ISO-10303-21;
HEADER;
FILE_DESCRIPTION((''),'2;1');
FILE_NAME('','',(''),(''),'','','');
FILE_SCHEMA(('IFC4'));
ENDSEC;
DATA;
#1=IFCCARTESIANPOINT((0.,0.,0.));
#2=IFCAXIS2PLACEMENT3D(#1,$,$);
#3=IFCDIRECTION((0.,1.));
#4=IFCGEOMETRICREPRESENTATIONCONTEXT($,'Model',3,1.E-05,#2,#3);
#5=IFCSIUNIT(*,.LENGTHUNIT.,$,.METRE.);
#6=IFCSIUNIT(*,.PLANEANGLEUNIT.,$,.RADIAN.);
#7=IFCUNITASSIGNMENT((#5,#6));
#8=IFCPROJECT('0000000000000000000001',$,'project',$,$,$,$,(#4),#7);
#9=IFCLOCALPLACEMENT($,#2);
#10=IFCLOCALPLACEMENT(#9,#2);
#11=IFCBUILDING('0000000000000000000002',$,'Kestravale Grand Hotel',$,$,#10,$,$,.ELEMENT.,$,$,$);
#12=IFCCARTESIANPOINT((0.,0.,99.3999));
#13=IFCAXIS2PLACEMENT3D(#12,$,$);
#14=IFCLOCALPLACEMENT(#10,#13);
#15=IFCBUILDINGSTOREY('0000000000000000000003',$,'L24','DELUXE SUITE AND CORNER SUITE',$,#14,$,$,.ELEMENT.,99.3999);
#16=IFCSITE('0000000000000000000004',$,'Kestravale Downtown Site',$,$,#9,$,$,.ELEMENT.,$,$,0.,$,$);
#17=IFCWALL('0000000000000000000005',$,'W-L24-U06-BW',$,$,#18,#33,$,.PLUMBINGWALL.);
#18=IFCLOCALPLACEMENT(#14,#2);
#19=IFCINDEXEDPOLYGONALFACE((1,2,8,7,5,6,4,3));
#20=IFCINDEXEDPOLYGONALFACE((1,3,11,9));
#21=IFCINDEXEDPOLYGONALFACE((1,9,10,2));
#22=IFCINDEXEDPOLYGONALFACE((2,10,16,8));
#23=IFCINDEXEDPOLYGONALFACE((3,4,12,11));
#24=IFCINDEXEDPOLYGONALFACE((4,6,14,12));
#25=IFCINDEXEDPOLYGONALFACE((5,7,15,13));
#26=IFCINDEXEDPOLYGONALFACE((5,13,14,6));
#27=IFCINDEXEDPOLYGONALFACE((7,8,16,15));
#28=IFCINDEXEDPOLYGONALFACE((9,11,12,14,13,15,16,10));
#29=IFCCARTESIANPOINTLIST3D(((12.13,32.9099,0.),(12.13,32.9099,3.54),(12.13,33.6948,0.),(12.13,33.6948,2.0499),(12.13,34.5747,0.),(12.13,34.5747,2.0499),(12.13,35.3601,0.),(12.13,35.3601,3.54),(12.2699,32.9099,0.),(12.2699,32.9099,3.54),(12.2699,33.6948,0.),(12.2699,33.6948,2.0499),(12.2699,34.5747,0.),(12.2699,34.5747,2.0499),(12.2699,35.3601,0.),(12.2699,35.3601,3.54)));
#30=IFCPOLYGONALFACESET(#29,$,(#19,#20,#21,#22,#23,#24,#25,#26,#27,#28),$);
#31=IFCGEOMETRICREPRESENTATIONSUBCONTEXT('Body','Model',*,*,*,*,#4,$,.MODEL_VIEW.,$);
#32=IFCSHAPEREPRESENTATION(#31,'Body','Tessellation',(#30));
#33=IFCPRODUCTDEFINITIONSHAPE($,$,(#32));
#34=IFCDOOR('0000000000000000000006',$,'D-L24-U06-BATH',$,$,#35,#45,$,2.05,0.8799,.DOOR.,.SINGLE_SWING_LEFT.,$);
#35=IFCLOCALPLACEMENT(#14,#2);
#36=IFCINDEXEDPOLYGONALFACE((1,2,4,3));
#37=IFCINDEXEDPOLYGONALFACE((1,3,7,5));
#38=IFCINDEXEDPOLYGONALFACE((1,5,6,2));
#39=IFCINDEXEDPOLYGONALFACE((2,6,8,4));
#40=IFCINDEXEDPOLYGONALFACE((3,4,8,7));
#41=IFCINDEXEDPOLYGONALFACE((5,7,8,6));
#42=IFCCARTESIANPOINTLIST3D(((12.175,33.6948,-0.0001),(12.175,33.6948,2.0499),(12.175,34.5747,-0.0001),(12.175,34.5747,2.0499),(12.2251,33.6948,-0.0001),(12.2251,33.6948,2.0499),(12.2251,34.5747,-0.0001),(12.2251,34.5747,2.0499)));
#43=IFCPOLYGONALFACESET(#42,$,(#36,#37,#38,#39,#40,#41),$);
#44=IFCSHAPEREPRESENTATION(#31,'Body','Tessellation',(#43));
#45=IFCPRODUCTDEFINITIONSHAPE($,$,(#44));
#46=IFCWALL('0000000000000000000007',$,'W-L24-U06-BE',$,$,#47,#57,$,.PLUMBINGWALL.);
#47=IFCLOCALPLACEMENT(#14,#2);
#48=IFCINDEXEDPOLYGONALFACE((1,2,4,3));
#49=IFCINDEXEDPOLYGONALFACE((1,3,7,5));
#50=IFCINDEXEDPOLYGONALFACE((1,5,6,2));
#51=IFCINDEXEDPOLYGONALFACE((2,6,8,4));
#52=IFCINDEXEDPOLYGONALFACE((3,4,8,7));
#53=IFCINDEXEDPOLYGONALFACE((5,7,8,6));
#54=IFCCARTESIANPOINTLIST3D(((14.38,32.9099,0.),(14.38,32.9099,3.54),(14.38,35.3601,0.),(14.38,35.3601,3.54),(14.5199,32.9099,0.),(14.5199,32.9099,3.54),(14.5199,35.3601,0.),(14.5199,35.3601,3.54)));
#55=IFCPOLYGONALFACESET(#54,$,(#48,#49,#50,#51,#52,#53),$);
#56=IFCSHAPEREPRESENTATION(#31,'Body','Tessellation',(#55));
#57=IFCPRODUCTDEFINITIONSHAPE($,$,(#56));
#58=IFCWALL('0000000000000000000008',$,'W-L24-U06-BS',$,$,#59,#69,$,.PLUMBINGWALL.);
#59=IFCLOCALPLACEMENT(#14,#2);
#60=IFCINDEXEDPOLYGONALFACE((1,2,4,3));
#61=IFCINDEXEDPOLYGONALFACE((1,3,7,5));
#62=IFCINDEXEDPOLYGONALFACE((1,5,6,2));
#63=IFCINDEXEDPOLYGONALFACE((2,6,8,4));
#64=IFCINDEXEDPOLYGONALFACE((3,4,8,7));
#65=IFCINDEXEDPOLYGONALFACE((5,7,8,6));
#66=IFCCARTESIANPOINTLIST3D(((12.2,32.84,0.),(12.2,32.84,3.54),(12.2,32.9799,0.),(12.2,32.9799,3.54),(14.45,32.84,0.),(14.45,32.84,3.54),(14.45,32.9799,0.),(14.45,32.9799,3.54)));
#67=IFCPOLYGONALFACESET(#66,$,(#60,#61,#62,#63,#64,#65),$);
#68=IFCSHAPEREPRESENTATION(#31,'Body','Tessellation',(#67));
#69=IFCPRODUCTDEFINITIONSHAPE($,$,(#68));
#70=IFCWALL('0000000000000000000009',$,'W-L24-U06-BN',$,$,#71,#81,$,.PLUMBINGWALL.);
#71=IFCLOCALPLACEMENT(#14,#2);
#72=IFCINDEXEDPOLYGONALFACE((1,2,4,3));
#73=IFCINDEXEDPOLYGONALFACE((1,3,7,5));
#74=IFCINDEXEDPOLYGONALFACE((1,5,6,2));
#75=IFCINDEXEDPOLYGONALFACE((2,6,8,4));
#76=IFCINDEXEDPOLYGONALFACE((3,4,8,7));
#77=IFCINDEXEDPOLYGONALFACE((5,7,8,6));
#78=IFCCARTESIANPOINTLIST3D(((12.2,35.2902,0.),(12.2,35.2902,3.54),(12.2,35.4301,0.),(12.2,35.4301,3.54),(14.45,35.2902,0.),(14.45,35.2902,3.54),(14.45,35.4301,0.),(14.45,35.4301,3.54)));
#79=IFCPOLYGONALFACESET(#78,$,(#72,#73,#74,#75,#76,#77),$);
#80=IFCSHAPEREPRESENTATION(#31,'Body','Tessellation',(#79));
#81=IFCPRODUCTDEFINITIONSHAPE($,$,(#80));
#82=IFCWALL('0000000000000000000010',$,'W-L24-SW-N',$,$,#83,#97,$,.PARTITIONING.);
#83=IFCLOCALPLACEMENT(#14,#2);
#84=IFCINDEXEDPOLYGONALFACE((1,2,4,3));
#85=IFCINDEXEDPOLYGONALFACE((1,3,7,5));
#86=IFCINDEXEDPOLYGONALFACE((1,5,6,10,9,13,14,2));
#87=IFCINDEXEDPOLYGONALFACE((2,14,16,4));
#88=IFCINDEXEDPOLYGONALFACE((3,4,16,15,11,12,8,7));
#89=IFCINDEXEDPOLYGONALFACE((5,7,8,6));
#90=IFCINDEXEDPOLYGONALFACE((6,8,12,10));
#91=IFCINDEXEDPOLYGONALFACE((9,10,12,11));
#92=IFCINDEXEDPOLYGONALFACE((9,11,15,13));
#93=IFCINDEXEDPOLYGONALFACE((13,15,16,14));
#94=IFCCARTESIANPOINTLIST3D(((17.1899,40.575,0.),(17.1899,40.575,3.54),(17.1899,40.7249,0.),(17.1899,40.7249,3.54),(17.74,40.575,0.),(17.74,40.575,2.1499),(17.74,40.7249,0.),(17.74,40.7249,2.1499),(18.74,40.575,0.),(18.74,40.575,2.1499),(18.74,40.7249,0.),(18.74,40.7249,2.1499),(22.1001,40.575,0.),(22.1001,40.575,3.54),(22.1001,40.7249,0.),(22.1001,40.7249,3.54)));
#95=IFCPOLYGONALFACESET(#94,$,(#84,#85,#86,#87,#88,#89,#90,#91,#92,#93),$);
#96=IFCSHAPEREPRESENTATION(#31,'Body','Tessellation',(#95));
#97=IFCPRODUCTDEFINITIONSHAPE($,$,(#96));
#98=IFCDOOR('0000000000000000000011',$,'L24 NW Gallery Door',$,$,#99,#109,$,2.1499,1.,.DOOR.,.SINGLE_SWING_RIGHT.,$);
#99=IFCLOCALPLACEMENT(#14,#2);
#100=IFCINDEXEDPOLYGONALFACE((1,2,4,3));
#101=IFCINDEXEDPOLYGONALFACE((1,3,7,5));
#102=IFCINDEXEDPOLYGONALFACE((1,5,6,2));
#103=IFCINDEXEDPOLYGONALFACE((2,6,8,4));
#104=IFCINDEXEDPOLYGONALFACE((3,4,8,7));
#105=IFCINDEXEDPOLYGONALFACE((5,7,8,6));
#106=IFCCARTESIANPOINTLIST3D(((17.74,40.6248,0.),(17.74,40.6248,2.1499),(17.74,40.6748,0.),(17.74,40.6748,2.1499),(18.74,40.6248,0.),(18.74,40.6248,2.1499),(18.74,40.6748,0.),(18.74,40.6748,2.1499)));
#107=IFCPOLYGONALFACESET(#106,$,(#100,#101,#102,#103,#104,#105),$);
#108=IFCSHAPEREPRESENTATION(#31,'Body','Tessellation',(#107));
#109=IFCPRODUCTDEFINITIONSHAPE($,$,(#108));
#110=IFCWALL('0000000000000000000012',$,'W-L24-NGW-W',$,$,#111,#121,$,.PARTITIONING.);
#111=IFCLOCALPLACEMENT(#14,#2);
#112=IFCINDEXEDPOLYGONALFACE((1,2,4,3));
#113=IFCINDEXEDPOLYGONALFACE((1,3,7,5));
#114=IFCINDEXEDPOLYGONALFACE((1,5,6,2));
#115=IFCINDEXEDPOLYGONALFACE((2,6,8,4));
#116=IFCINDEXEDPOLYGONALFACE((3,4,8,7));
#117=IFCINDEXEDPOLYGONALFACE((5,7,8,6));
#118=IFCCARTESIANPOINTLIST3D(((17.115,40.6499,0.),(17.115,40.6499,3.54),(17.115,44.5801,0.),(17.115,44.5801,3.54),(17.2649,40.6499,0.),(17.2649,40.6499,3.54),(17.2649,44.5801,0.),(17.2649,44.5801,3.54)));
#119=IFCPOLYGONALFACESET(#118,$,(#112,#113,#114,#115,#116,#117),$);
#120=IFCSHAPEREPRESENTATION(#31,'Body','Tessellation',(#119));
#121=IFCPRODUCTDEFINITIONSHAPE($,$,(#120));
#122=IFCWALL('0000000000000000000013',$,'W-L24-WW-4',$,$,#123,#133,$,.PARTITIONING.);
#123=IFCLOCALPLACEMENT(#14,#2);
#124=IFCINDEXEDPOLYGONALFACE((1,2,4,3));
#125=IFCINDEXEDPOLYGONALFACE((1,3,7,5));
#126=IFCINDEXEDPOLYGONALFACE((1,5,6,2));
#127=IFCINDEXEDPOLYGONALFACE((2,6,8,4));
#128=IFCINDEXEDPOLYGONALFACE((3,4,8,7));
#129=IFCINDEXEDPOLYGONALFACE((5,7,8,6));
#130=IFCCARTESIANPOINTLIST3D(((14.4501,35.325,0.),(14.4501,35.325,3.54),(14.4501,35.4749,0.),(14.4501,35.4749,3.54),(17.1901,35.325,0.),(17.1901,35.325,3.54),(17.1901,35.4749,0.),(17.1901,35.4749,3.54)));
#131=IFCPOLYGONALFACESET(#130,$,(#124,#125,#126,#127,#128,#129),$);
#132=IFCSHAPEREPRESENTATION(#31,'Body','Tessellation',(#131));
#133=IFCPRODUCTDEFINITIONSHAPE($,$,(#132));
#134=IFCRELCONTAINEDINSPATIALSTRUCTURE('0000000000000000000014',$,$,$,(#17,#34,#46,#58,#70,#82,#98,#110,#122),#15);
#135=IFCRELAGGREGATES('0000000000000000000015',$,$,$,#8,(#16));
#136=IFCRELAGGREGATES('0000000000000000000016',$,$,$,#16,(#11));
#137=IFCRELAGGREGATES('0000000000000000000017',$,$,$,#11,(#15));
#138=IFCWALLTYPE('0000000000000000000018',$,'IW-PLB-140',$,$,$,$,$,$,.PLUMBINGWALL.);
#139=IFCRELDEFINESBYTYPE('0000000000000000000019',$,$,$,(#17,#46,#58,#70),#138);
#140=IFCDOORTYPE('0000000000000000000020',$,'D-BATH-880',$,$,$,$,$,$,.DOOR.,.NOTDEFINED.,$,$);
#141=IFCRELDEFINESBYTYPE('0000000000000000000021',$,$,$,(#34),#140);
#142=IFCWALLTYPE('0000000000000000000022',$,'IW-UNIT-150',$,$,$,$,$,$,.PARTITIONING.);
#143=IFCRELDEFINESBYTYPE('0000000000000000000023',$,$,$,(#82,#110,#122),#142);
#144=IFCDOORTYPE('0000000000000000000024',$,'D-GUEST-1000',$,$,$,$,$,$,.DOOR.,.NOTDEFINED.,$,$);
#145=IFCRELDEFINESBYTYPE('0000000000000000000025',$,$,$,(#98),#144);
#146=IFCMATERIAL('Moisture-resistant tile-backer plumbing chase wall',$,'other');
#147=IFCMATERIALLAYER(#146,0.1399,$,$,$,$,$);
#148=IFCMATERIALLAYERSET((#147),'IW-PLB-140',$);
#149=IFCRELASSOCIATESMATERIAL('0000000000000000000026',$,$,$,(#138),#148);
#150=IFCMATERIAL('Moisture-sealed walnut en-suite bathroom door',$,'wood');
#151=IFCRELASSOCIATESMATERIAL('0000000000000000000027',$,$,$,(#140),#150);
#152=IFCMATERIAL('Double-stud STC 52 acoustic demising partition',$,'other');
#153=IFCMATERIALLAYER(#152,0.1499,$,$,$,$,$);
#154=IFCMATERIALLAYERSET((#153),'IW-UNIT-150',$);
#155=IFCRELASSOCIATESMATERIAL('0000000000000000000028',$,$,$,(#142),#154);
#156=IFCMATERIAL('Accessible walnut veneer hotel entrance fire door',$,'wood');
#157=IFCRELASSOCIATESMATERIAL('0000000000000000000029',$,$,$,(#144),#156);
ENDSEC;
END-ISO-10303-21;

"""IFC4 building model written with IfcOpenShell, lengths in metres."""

from ifc_helpers import new_model, si_unit, direction, frame, frame_2d, origin, place, context, subcontext, project, spatial, rectangle, extrude, material, layer, layer_set, type_object, element, fill, save


model = new_model("IFC4")

# Units and contexts
model_context = context("Model", 3, precision=1e-05, world=origin(), true_north=direction((0.0, 1.0)))
body_context = subcontext(model_context, "Body", "Model", "MODEL_VIEW")
ifc_project = project(units=[si_unit("LENGTHUNIT", "METRE"), si_unit("PLANEANGLEUNIT", "RADIAN")], contexts=[model_context])

# Site, building, storey
site_placement = place(None, origin())
site = spatial("IfcSite", under=ifc_project, at=site_placement, Name="Kestravale Downtown Site", CompositionType="ELEMENT", RefElevation=0.0)
building_placement = place(site_placement, origin())
building = spatial("IfcBuilding", under=site, at=building_placement, Name="Kestravale Grand Hotel", CompositionType="ELEMENT")
storey_placement = place(building_placement, frame((0.0, 0.0, 99.3999)))
storey = spatial("IfcBuildingStorey", under=building, at=storey_placement, Name="L24", Description="DELUXE SUITE AND CORNER SUITE", CompositionType="ELEMENT", Elevation=99.3999)

# Wall, opening, door
ifc_material_1 = material(Name="Moisture-resistant tile-backer plumbing chase wall", Category="other")
ifc_layer_1 = layer(ifc_material_1, 0.1399)
ifc_layer_set_1 = layer_set([ifc_layer_1], Name="IW-PLB-140")
wall_type_1 = type_object("IfcWallType", Name="IW-PLB-140", PredefinedType="PLUMBINGWALL", material=ifc_layer_set_1)
wall_1_placement = place(storey_placement, frame((12.2, 32.9099, 0.0), z_axis=(0.0, 0.0, 1.0), x_axis=(0.0, 1.0, 0.0)))
wall_1 = element("IfcWall", 1, at=wall_1_placement, inside=storey, type_object=wall_type_1, Name="W-L24-U06-BW", PredefinedType="PLUMBINGWALL", context=body_context, shape_type="SweptSolid", body=[
    extrude(rectangle(XDim=2.4502, YDim=0.1399, at=frame_2d((1.2251, 0.0))), origin(), (0.0, 0.0, 1.0), 3.54),
])
opening_1_placement = place(wall_1_placement, frame((0.7849, 0.0, 0.0)))
opening_1 = element("IfcOpeningElement", 2, at=opening_1_placement, cuts=wall_1, PredefinedType="OPENING", context=body_context, shape_type="SweptSolid", body=[
    extrude(rectangle(XDim=0.8799, YDim=2.05, at=frame_2d((0.4399, 1.0249))), frame((0.0, 0.0798, 0.0), z_axis=(0.0, -1.0, 0.0), x_axis=(1.0, 0.0, 0.0)), (0.0, 0.0, 1.0), 0.1599),
])
ifc_material_2 = material(Name="Moisture-sealed walnut en-suite bathroom door", Category="wood")
door_type_1 = type_object("IfcDoorType", Name="D-BATH-880", OperationType="NOTDEFINED", PredefinedType="DOOR", material=ifc_material_2)
door_1_placement = place(opening_1_placement, origin())
door_1 = element("IfcDoor", 3, at=door_1_placement, inside=storey, type_object=door_type_1, Name="D-L24-U06-BATH", OperationType="SINGLE_SWING_LEFT", OverallHeight=2.05, OverallWidth=0.8799, PredefinedType="DOOR", context=body_context, shape_type="SweptSolid", body=[
    extrude(rectangle(XDim=0.8799, YDim=2.05, at=frame_2d((0.4399, 1.0249))), frame((0.0, 0.0249, 0.0), z_axis=(0.0, -1.0, 0.0), x_axis=(1.0, 0.0, 0.0)), (0.0, 0.0, 1.0), 0.05),
])
fill(opening_1, door_1)

# Walls
wall_2_placement = place(storey_placement, frame((14.45, 32.9099, 0.0), z_axis=(0.0, 0.0, 1.0), x_axis=(0.0, 1.0, 0.0)))
element("IfcWall", 4, at=wall_2_placement, inside=storey, type_object=wall_type_1, Name="W-L24-U06-BE", PredefinedType="PLUMBINGWALL", context=body_context, shape_type="SweptSolid", body=[
    extrude(rectangle(XDim=2.4502, YDim=0.1399, at=frame_2d((1.2251, 0.0))), origin(), (0.0, 0.0, 1.0), 3.54),
])
for number, where, z_axis, x_axis, name in (
    (5, (12.2, 32.9099, 0.0), (0.0, 0.0, 1.0), (1.0, 0.0, 0.0), "W-L24-U06-BS"),
    (6, (12.2, 35.3601, 0.0), (0.0, 0.0, 1.0), (1.0, 0.0, 0.0), "W-L24-U06-BN"),
):
    element("IfcWall", number, at=place(storey_placement, frame(where, z_axis=z_axis, x_axis=x_axis)), inside=storey, type_object=wall_type_1, Name=name, PredefinedType="PLUMBINGWALL", context=body_context, shape_type="SweptSolid", body=[
        extrude(rectangle(XDim=2.25, YDim=0.1399, at=frame_2d((1.125, 0.0))), origin(), (0.0, 0.0, 1.0), 3.54),
    ])

# Wall, opening, door
ifc_material_3 = material(Name="Double-stud STC 52 acoustic demising partition", Category="other")
ifc_layer_2 = layer(ifc_material_3, 0.1499)
ifc_layer_set_2 = layer_set([ifc_layer_2], Name="IW-UNIT-150")
wall_type_2 = type_object("IfcWallType", Name="IW-UNIT-150", PredefinedType="PARTITIONING", material=ifc_layer_set_2)
wall_3_placement = place(storey_placement, frame((17.1899, 40.6499, 0.0), z_axis=(0.0, 0.0, 1.0), x_axis=(1.0, 0.0, 0.0)))
wall_3 = element("IfcWall", 7, at=wall_3_placement, inside=storey, type_object=wall_type_2, Name="W-L24-SW-N", PredefinedType="PARTITIONING", context=body_context, shape_type="SweptSolid", body=[
    extrude(rectangle(XDim=4.9102, YDim=0.1499, at=frame_2d((2.4551, 0.0))), origin(), (0.0, 0.0, 1.0), 3.54),
])
opening_2_placement = place(wall_3_placement, frame((0.55, 0.0, 0.0)))
opening_2 = element("IfcOpeningElement", 8, at=opening_2_placement, cuts=wall_3, PredefinedType="OPENING", context=body_context, shape_type="SweptSolid", body=[
    extrude(rectangle(XDim=1.0, YDim=2.1499, at=frame_2d((0.5, 1.075))), frame((0.0, 0.085, 0.0), z_axis=(0.0, -1.0, 0.0), x_axis=(1.0, 0.0, 0.0)), (0.0, 0.0, 1.0), 0.1699),
])
ifc_material_4 = material(Name="Accessible walnut veneer hotel entrance fire door", Category="wood")
door_type_2 = type_object("IfcDoorType", Name="D-GUEST-1000", OperationType="NOTDEFINED", PredefinedType="DOOR", material=ifc_material_4)
door_2_placement = place(opening_2_placement, origin())
door_2 = element("IfcDoor", 9, at=door_2_placement, inside=storey, type_object=door_type_2, Name="L24 NW Gallery Door", OperationType="SINGLE_SWING_RIGHT", OverallHeight=2.1499, OverallWidth=1.0, PredefinedType="DOOR", context=body_context, shape_type="SweptSolid", body=[
    extrude(rectangle(XDim=1.0, YDim=2.1499, at=frame_2d((0.5, 1.075))), frame((0.0, 0.0249, 0.0), z_axis=(0.0, -1.0, 0.0), x_axis=(1.0, 0.0, 0.0)), (0.0, 0.0, 1.0), 0.05),
])
fill(opening_2, door_2)

# Walls
wall_4_placement = place(storey_placement, frame((17.1899, 40.6499, 0.0), z_axis=(0.0, 0.0, 1.0), x_axis=(0.0, 1.0, 0.0)))
element("IfcWall", 10, at=wall_4_placement, inside=storey, type_object=wall_type_2, Name="W-L24-NGW-W", PredefinedType="PARTITIONING", context=body_context, shape_type="SweptSolid", body=[
    extrude(rectangle(XDim=3.9302, YDim=0.1499, at=frame_2d((1.9651, 0.0))), origin(), (0.0, 0.0, 1.0), 3.54),
])
wall_5_placement = place(storey_placement, frame((14.45, 35.3999, 0.0), z_axis=(0.0, 0.0, 1.0), x_axis=(1.0, 0.0, 0.0)))
element("IfcWall", 11, at=wall_5_placement, inside=storey, type_object=wall_type_2, Name="W-L24-WW-4", PredefinedType="PARTITIONING", context=body_context, shape_type="SweptSolid", body=[
    extrude(rectangle(XDim=2.74, YDim=0.1499, at=frame_2d((1.3701, 0.0))), origin(), (0.0, 0.0, 1.0), 3.54),
])

save(model, "model.ifc")
